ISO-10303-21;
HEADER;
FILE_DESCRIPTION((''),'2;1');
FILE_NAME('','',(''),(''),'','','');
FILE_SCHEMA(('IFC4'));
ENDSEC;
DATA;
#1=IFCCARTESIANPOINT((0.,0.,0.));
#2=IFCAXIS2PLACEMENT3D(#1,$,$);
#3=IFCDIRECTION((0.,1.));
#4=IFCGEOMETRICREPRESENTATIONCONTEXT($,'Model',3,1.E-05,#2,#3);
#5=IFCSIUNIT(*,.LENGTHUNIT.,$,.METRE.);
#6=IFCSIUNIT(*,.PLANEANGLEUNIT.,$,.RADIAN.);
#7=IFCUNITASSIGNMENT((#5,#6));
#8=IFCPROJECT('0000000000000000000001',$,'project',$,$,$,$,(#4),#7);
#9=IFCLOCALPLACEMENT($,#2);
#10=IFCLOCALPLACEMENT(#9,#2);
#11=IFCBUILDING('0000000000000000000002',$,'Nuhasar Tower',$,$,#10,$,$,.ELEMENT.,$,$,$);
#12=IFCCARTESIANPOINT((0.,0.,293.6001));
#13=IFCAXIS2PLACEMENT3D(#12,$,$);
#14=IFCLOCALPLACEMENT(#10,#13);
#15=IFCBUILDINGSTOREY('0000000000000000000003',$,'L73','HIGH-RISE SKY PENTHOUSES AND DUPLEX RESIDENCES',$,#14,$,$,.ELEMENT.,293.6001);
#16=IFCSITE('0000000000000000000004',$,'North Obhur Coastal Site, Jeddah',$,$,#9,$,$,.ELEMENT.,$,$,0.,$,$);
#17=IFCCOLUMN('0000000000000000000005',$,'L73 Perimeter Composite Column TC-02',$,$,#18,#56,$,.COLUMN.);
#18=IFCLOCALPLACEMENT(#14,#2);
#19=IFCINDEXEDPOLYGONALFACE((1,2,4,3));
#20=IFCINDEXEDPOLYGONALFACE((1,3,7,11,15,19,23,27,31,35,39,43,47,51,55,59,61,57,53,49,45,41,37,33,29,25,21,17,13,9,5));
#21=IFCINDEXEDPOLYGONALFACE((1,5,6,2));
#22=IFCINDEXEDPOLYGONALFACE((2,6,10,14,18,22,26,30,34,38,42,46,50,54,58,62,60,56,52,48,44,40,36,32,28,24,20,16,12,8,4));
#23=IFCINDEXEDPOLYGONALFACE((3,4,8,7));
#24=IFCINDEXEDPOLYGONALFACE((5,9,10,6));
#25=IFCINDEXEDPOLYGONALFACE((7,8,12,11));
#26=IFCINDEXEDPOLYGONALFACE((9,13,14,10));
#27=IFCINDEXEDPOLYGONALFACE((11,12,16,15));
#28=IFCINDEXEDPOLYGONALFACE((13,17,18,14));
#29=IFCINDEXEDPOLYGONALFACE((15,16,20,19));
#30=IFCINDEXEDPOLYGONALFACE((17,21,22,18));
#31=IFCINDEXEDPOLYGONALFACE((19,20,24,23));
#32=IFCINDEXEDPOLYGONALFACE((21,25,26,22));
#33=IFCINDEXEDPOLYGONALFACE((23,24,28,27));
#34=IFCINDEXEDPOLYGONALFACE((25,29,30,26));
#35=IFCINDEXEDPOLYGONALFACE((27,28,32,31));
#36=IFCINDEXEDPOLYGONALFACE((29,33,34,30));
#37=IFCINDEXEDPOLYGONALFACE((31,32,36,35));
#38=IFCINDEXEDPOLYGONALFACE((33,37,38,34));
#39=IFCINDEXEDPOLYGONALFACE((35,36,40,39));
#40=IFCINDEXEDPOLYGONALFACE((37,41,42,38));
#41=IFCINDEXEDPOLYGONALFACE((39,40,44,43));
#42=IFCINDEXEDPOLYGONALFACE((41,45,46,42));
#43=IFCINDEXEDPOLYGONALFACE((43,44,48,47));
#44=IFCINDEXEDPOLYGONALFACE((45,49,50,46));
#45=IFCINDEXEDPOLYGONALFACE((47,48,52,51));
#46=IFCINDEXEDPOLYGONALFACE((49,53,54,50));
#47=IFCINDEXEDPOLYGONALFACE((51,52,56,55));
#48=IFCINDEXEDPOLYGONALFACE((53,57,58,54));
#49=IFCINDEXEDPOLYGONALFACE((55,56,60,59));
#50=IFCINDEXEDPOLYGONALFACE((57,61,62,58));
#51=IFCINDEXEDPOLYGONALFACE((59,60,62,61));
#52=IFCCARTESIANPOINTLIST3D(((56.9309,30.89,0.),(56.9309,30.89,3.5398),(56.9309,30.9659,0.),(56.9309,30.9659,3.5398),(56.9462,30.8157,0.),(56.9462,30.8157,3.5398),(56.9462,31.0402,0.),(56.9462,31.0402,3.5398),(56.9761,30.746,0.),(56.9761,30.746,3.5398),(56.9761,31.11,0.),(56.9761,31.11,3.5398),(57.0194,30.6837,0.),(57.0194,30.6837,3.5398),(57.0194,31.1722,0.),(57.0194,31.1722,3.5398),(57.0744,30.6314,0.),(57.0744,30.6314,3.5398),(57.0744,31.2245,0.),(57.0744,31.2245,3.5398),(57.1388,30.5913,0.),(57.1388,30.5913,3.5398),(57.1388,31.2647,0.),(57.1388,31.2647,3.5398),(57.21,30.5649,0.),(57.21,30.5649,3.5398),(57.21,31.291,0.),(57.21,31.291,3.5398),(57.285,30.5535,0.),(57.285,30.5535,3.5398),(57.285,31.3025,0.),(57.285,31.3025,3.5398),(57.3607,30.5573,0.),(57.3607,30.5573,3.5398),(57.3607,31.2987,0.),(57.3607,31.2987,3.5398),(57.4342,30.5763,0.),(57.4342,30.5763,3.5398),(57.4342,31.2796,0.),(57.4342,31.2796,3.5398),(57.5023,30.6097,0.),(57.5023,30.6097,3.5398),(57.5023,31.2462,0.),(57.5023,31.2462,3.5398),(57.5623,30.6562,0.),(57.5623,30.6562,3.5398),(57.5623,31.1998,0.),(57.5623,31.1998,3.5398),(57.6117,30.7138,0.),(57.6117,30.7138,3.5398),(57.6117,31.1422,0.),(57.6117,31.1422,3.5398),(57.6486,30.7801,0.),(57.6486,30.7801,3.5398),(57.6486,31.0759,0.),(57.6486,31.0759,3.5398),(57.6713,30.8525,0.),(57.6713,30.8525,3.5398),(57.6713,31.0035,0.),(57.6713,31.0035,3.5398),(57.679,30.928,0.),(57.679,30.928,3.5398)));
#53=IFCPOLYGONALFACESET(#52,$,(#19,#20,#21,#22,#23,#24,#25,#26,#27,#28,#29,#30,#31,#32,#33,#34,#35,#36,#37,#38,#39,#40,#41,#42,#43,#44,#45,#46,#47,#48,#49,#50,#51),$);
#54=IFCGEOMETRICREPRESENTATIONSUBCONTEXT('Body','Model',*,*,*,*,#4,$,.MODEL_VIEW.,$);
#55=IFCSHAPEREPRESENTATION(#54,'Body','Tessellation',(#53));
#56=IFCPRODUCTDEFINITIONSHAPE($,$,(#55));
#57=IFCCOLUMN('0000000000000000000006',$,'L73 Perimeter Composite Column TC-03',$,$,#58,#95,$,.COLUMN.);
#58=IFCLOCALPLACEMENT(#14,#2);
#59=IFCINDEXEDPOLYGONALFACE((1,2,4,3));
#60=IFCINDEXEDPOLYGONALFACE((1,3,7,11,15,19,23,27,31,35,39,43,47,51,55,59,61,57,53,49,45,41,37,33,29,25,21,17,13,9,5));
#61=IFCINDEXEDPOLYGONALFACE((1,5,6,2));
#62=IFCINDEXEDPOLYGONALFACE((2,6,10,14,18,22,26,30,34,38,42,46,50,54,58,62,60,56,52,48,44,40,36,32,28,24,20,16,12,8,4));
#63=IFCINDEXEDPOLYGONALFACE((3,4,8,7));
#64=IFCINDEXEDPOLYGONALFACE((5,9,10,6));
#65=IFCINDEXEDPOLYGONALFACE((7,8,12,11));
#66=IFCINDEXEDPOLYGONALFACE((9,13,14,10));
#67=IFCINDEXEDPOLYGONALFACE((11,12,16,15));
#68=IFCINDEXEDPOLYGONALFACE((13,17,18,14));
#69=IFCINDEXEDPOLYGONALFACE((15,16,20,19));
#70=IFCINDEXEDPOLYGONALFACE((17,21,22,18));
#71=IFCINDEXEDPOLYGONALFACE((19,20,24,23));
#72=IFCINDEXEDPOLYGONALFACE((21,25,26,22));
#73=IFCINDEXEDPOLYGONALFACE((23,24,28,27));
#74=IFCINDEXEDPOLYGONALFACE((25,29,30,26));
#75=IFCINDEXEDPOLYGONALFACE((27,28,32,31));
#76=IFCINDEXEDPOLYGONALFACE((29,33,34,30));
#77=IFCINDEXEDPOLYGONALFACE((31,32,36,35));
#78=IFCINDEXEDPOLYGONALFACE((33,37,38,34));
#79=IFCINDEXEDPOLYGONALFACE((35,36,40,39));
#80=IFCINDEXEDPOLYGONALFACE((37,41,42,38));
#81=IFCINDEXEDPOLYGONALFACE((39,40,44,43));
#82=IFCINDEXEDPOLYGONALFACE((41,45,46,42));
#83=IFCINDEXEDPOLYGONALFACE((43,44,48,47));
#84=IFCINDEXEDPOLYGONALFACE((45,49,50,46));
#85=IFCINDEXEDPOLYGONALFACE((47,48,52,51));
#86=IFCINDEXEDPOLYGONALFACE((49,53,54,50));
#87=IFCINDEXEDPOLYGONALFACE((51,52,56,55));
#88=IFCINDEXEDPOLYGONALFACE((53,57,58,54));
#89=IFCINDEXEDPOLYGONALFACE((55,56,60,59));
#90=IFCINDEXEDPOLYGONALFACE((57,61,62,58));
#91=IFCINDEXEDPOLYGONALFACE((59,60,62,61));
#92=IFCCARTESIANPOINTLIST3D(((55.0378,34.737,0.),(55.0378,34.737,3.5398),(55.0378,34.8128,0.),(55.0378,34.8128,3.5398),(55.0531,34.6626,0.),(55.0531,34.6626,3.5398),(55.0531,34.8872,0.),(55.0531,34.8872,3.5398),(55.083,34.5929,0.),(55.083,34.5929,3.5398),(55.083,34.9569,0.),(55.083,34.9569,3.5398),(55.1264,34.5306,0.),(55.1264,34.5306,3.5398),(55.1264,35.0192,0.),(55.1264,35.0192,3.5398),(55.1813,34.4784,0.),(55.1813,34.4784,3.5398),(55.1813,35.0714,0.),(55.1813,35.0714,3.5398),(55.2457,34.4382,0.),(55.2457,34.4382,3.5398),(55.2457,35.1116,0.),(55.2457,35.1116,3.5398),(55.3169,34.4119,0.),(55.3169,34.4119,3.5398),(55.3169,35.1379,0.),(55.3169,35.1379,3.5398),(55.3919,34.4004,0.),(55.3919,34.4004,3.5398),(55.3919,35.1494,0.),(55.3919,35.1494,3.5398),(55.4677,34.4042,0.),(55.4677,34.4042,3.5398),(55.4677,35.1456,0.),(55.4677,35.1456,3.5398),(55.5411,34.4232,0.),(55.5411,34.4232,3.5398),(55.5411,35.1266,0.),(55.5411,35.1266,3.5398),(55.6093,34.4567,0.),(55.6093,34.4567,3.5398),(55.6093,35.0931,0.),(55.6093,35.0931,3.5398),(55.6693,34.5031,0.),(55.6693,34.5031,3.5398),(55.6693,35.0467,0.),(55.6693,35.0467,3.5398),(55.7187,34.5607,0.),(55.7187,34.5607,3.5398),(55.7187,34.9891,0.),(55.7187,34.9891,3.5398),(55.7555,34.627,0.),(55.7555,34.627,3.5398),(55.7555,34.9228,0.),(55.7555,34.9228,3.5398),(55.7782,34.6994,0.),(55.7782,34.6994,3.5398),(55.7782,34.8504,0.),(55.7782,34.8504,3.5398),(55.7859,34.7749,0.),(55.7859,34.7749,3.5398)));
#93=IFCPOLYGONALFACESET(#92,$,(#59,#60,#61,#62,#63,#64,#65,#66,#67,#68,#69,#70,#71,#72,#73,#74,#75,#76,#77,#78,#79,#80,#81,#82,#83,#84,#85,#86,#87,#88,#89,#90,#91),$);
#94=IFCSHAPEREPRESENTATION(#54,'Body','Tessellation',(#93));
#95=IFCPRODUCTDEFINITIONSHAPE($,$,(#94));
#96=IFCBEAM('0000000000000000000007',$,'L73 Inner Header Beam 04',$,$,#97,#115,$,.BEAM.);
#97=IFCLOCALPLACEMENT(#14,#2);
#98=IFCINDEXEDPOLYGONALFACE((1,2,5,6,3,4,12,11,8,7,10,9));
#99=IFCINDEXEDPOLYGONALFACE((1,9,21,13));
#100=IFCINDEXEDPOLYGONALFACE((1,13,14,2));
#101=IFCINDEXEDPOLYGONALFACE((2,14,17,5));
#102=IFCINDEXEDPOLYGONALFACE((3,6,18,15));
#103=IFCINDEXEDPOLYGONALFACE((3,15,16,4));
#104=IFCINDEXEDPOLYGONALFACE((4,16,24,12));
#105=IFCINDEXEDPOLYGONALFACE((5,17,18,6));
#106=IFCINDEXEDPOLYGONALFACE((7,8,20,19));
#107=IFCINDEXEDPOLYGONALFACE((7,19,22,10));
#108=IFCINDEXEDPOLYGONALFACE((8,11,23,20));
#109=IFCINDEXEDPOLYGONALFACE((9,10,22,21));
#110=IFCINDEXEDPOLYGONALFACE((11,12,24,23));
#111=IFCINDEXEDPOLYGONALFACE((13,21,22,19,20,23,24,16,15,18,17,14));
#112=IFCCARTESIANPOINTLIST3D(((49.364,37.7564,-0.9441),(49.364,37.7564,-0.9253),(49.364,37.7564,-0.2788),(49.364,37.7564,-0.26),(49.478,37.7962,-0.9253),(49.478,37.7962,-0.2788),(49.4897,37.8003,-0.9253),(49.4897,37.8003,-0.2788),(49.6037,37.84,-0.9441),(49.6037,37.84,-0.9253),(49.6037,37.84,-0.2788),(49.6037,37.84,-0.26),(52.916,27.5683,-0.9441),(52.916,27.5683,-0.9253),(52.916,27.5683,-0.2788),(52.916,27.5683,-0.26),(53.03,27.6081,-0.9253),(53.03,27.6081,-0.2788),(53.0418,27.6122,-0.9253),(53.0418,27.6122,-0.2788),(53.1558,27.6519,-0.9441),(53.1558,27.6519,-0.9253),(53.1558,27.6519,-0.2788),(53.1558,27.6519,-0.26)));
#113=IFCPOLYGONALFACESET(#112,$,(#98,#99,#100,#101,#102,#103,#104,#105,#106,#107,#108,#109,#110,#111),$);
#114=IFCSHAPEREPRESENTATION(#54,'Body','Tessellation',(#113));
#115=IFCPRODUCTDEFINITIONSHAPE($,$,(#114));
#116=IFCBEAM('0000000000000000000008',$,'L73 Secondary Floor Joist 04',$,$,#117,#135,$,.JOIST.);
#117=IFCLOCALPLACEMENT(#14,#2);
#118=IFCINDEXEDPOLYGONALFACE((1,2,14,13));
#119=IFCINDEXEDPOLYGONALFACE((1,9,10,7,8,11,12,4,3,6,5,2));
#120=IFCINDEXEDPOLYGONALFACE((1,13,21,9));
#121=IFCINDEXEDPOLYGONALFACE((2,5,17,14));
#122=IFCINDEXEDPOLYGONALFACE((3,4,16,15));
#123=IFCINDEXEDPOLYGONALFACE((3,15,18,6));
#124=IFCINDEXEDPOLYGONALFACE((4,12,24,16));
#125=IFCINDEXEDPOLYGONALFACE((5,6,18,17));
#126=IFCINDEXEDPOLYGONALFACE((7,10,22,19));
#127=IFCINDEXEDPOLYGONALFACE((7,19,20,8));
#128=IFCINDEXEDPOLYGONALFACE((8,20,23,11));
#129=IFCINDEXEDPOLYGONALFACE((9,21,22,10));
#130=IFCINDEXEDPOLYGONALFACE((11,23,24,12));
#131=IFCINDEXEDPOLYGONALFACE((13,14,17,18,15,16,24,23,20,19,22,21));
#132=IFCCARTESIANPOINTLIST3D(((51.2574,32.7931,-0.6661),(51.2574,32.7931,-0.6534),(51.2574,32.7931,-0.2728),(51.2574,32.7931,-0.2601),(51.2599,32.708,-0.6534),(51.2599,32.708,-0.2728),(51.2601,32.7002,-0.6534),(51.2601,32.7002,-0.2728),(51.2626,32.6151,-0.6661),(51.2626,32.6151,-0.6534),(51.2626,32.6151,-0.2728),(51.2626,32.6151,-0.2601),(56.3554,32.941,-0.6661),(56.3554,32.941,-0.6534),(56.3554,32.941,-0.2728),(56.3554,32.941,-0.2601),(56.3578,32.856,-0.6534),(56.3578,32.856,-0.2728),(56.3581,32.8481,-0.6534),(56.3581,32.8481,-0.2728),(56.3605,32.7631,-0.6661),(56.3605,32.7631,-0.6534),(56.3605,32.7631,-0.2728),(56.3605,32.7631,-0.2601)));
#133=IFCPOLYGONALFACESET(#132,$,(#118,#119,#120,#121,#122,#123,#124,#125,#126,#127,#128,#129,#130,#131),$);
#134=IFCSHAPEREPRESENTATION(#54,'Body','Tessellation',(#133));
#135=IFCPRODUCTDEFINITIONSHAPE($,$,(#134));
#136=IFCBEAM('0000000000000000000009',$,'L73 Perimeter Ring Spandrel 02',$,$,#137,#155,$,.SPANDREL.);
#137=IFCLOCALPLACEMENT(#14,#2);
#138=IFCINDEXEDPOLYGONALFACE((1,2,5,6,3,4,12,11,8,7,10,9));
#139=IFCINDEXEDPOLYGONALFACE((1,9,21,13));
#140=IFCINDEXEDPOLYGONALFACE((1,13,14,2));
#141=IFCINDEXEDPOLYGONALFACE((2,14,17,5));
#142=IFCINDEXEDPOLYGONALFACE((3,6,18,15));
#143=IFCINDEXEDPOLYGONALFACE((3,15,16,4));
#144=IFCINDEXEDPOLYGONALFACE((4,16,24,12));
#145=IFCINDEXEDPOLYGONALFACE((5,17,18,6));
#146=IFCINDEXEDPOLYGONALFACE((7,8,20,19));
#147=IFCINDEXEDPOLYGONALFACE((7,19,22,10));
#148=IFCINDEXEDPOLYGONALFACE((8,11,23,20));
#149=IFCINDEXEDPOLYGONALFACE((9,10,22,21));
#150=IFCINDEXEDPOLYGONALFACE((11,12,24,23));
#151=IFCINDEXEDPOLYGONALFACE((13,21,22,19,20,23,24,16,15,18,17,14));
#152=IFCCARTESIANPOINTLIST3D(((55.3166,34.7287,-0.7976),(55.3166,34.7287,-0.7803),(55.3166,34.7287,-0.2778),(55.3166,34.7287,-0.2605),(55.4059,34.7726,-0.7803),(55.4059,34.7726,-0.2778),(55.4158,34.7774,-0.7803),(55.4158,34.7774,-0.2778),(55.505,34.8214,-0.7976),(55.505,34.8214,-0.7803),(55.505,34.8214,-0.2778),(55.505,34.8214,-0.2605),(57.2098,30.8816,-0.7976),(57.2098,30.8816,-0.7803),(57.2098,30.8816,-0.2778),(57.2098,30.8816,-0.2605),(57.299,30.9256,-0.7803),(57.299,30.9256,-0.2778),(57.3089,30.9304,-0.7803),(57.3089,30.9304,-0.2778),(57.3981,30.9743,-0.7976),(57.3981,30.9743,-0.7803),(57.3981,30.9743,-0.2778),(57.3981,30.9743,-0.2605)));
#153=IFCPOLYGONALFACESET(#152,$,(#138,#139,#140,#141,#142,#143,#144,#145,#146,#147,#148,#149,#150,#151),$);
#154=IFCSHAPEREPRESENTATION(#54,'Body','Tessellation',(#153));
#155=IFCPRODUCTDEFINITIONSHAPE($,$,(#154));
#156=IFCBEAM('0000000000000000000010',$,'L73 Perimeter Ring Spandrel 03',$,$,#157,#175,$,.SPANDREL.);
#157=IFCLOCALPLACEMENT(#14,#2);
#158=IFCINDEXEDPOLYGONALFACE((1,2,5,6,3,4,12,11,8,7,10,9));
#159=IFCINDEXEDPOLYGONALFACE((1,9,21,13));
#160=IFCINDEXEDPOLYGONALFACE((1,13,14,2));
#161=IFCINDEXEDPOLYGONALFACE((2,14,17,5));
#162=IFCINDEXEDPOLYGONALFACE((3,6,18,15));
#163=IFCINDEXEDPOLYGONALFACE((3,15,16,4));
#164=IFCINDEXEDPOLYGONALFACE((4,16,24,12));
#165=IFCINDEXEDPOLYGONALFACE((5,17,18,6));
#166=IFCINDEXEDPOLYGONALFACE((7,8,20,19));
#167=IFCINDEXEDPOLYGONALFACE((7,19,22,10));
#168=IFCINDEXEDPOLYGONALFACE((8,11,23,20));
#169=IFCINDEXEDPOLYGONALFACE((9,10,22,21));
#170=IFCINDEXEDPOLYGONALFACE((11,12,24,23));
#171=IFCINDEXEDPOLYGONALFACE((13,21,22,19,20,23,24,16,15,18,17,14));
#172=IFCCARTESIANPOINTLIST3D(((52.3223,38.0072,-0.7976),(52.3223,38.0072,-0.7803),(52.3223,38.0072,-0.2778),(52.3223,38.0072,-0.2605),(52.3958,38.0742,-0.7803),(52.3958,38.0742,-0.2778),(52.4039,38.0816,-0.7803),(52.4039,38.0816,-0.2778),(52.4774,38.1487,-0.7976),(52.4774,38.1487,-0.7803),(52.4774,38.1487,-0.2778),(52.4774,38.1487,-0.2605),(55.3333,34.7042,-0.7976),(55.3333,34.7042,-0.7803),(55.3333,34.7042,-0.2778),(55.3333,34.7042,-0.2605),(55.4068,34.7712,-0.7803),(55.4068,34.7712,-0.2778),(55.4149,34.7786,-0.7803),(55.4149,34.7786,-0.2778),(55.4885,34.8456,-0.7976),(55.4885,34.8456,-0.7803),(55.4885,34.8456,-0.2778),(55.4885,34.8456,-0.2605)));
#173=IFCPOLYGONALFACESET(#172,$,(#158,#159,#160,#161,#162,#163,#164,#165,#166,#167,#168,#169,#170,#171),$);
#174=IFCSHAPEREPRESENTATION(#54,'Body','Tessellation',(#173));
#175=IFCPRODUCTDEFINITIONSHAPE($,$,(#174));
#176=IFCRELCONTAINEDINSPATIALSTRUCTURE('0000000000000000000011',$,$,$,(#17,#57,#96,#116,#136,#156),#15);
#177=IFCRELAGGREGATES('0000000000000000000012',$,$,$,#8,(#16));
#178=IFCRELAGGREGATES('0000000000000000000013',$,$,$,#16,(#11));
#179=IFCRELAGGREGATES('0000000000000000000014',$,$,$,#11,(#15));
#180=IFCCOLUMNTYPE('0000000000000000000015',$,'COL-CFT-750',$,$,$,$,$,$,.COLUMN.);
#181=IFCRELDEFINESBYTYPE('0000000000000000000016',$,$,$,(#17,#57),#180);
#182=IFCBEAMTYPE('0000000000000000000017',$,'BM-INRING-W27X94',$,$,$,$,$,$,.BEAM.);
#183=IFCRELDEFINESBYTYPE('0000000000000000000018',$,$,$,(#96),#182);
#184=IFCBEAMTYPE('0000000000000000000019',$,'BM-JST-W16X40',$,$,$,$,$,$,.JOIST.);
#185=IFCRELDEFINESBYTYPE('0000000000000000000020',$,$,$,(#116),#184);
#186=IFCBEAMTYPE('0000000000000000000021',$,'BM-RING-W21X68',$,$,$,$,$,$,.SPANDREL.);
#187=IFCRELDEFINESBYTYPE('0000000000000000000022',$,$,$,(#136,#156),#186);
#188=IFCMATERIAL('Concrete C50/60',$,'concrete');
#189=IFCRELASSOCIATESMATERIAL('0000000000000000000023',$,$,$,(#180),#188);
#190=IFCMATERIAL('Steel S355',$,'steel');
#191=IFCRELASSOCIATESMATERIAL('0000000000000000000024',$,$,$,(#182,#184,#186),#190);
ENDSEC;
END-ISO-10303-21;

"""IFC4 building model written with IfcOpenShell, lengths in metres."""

from ifc_helpers import new_model, si_unit, direction, frame, origin, origin_2d, place, context, subcontext, project, spatial, circle, i_section, extrude, material, material_profile, profile_set, type_object, element, save


model = new_model("IFC4")

# Units and contexts
model_context = context("Model", 3, precision=1e-05, world=origin(), true_north=direction((0.0, 1.0)))
body_context = subcontext(model_context, "Body", "Model", "MODEL_VIEW")
ifc_project = project(units=[si_unit("LENGTHUNIT", "METRE"), si_unit("PLANEANGLEUNIT", "RADIAN")], contexts=[model_context])

# Site, building, storey
site_placement = place(None, origin())
site = spatial("IfcSite", under=ifc_project, at=site_placement, Name="North Obhur Coastal Site, Jeddah", CompositionType="ELEMENT", RefElevation=0.0)
building_placement = place(site_placement, origin())
building = spatial("IfcBuilding", under=site, at=building_placement, Name="Nuhasar Tower", CompositionType="ELEMENT")
storey_placement = place(building_placement, frame((0.0, 0.0, 293.6001)))
storey = spatial("IfcBuildingStorey", under=building, at=storey_placement, Name="L73", Description="HIGH-RISE SKY PENTHOUSES AND DUPLEX RESIDENCES", CompositionType="ELEMENT", Elevation=293.6001)

# Columns
ifc_material_1 = material(Name="Concrete C50/60", Category="concrete")
ifc_material_profile_1 = material_profile(ifc_material_1, circle(Radius=0.375, at=origin_2d()), Name="CFT750")
ifc_profile_set_1 = profile_set([ifc_material_profile_1], Name="Concrete C50/60")
column_type = type_object("IfcColumnType", Name="COL-CFT-750", PredefinedType="COLUMN", material=ifc_profile_set_1)
for number, where, z_axis, x_axis, name in (
    (1, (57.304, 30.928, 0.0), (0.0, 0.0, 1.0), (1.0, 0.0, 0.0), "L73 Perimeter Composite Column TC-02"),
    (2, (55.4109, 34.7749, 0.0), (0.0, 0.0, 1.0), (1.0, 0.0, 0.0), "L73 Perimeter Composite Column TC-03"),
):
    element("IfcColumn", number, at=place(storey_placement, frame(where, z_axis=z_axis, x_axis=x_axis)), inside=storey, type_object=column_type, Name=name, PredefinedType="COLUMN", context=body_context, shape_type="SweptSolid", body=[
        extrude(circle(Radius=0.375, at=origin_2d()), origin(), (0.0, 0.0, 1.0), 3.5398),
    ])

# Beams
ifc_material_2 = material(Name="Steel S355", Category="steel")
ifc_material_profile_2 = material_profile(ifc_material_2, i_section(OverallWidth=0.2539, OverallDepth=0.6841, WebThickness=0.0125, FlangeThickness=0.0188, at=origin_2d()), Name="W27X94")
ifc_profile_set_2 = profile_set([ifc_material_profile_2], Name="Steel S355")
beam_type_1 = type_object("IfcBeamType", Name="BM-INRING-W27X94", PredefinedType="BEAM", material=ifc_profile_set_2)
beam_1_placement = place(storey_placement, frame((53.0359, 27.6101, -0.6021), z_axis=(-0.329211, 0.944256, 0.0), x_axis=(-0.944256, -0.329211, 0.0)))
element("IfcBeam", 3, at=beam_1_placement, inside=storey, type_object=beam_type_1, Name="L73 Inner Header Beam 04", PredefinedType="BEAM", context=body_context, shape_type="SweptSolid", body=[
    extrude(i_section(OverallWidth=0.2539, OverallDepth=0.6841, WebThickness=0.0125, FlangeThickness=0.0188, at=origin_2d()), origin(), (0.0, 0.0, 1.0), 10.7896),
])
ifc_material_profile_3 = material_profile(ifc_material_2, i_section(OverallWidth=0.178, OverallDepth=0.406, WebThickness=0.0078, FlangeThickness=0.0127, at=origin_2d()), Name="W16X40")
ifc_profile_set_3 = profile_set([ifc_material_profile_3], Name="Steel S355")
beam_type_2 = type_object("IfcBeamType", Name="BM-JST-W16X40", PredefinedType="JOIST", material=ifc_profile_set_3)
beam_2_placement = place(storey_placement, frame((51.26, 32.7041, -0.4631), z_axis=(0.999579, 0.029009, 0.0), x_axis=(-0.029009, 0.999579, 0.0)))
element("IfcBeam", 4, at=beam_2_placement, inside=storey, type_object=beam_type_2, Name="L73 Secondary Floor Joist 04", PredefinedType="JOIST", context=body_context, shape_type="SweptSolid", body=[
    extrude(i_section(OverallWidth=0.178, OverallDepth=0.406, WebThickness=0.0078, FlangeThickness=0.0127, at=origin_2d()), origin(), (0.0, 0.0, 1.0), 5.1001),
])
ifc_material_profile_4 = material_profile(ifc_material_2, i_section(OverallWidth=0.21, OverallDepth=0.5371, WebThickness=0.011, FlangeThickness=0.0173, at=origin_2d()), Name="W21X68")
ifc_profile_set_4 = profile_set([ifc_material_profile_4], Name="Steel S355")
beam_type_3 = type_object("IfcBeamType", Name="BM-RING-W21X68", PredefinedType="SPANDREL", material=ifc_profile_set_4)
beam_3_placement = place(storey_placement, frame((57.304, 30.928, -0.5291), z_axis=(-0.441533, 0.897245, 0.0), x_axis=(-0.897245, -0.441533, 0.0)))
element("IfcBeam", 5, at=beam_3_placement, inside=storey, type_object=beam_type_3, Name="L73 Perimeter Ring Spandrel 02", PredefinedType="SPANDREL", context=body_context, shape_type="SweptSolid", body=[
    extrude(i_section(OverallWidth=0.21, OverallDepth=0.5371, WebThickness=0.011, FlangeThickness=0.0173, at=origin_2d()), origin(), (0.0, 0.0, 1.0), 4.2876),
])
beam_4_placement = place(storey_placement, frame((55.4109, 34.7749, -0.5291), z_axis=(-0.673686, 0.739017, 0.0), x_axis=(-0.739017, -0.673686, 0.0)))
element("IfcBeam", 6, at=beam_4_placement, inside=storey, type_object=beam_type_3, Name="L73 Perimeter Ring Spandrel 03", PredefinedType="SPANDREL", context=body_context, shape_type="SweptSolid", body=[
    extrude(i_section(OverallWidth=0.21, OverallDepth=0.5371, WebThickness=0.011, FlangeThickness=0.0173, at=origin_2d()), origin(), (0.0, 0.0, 1.0), 4.4695),
])

save(model, "model.ifc")
